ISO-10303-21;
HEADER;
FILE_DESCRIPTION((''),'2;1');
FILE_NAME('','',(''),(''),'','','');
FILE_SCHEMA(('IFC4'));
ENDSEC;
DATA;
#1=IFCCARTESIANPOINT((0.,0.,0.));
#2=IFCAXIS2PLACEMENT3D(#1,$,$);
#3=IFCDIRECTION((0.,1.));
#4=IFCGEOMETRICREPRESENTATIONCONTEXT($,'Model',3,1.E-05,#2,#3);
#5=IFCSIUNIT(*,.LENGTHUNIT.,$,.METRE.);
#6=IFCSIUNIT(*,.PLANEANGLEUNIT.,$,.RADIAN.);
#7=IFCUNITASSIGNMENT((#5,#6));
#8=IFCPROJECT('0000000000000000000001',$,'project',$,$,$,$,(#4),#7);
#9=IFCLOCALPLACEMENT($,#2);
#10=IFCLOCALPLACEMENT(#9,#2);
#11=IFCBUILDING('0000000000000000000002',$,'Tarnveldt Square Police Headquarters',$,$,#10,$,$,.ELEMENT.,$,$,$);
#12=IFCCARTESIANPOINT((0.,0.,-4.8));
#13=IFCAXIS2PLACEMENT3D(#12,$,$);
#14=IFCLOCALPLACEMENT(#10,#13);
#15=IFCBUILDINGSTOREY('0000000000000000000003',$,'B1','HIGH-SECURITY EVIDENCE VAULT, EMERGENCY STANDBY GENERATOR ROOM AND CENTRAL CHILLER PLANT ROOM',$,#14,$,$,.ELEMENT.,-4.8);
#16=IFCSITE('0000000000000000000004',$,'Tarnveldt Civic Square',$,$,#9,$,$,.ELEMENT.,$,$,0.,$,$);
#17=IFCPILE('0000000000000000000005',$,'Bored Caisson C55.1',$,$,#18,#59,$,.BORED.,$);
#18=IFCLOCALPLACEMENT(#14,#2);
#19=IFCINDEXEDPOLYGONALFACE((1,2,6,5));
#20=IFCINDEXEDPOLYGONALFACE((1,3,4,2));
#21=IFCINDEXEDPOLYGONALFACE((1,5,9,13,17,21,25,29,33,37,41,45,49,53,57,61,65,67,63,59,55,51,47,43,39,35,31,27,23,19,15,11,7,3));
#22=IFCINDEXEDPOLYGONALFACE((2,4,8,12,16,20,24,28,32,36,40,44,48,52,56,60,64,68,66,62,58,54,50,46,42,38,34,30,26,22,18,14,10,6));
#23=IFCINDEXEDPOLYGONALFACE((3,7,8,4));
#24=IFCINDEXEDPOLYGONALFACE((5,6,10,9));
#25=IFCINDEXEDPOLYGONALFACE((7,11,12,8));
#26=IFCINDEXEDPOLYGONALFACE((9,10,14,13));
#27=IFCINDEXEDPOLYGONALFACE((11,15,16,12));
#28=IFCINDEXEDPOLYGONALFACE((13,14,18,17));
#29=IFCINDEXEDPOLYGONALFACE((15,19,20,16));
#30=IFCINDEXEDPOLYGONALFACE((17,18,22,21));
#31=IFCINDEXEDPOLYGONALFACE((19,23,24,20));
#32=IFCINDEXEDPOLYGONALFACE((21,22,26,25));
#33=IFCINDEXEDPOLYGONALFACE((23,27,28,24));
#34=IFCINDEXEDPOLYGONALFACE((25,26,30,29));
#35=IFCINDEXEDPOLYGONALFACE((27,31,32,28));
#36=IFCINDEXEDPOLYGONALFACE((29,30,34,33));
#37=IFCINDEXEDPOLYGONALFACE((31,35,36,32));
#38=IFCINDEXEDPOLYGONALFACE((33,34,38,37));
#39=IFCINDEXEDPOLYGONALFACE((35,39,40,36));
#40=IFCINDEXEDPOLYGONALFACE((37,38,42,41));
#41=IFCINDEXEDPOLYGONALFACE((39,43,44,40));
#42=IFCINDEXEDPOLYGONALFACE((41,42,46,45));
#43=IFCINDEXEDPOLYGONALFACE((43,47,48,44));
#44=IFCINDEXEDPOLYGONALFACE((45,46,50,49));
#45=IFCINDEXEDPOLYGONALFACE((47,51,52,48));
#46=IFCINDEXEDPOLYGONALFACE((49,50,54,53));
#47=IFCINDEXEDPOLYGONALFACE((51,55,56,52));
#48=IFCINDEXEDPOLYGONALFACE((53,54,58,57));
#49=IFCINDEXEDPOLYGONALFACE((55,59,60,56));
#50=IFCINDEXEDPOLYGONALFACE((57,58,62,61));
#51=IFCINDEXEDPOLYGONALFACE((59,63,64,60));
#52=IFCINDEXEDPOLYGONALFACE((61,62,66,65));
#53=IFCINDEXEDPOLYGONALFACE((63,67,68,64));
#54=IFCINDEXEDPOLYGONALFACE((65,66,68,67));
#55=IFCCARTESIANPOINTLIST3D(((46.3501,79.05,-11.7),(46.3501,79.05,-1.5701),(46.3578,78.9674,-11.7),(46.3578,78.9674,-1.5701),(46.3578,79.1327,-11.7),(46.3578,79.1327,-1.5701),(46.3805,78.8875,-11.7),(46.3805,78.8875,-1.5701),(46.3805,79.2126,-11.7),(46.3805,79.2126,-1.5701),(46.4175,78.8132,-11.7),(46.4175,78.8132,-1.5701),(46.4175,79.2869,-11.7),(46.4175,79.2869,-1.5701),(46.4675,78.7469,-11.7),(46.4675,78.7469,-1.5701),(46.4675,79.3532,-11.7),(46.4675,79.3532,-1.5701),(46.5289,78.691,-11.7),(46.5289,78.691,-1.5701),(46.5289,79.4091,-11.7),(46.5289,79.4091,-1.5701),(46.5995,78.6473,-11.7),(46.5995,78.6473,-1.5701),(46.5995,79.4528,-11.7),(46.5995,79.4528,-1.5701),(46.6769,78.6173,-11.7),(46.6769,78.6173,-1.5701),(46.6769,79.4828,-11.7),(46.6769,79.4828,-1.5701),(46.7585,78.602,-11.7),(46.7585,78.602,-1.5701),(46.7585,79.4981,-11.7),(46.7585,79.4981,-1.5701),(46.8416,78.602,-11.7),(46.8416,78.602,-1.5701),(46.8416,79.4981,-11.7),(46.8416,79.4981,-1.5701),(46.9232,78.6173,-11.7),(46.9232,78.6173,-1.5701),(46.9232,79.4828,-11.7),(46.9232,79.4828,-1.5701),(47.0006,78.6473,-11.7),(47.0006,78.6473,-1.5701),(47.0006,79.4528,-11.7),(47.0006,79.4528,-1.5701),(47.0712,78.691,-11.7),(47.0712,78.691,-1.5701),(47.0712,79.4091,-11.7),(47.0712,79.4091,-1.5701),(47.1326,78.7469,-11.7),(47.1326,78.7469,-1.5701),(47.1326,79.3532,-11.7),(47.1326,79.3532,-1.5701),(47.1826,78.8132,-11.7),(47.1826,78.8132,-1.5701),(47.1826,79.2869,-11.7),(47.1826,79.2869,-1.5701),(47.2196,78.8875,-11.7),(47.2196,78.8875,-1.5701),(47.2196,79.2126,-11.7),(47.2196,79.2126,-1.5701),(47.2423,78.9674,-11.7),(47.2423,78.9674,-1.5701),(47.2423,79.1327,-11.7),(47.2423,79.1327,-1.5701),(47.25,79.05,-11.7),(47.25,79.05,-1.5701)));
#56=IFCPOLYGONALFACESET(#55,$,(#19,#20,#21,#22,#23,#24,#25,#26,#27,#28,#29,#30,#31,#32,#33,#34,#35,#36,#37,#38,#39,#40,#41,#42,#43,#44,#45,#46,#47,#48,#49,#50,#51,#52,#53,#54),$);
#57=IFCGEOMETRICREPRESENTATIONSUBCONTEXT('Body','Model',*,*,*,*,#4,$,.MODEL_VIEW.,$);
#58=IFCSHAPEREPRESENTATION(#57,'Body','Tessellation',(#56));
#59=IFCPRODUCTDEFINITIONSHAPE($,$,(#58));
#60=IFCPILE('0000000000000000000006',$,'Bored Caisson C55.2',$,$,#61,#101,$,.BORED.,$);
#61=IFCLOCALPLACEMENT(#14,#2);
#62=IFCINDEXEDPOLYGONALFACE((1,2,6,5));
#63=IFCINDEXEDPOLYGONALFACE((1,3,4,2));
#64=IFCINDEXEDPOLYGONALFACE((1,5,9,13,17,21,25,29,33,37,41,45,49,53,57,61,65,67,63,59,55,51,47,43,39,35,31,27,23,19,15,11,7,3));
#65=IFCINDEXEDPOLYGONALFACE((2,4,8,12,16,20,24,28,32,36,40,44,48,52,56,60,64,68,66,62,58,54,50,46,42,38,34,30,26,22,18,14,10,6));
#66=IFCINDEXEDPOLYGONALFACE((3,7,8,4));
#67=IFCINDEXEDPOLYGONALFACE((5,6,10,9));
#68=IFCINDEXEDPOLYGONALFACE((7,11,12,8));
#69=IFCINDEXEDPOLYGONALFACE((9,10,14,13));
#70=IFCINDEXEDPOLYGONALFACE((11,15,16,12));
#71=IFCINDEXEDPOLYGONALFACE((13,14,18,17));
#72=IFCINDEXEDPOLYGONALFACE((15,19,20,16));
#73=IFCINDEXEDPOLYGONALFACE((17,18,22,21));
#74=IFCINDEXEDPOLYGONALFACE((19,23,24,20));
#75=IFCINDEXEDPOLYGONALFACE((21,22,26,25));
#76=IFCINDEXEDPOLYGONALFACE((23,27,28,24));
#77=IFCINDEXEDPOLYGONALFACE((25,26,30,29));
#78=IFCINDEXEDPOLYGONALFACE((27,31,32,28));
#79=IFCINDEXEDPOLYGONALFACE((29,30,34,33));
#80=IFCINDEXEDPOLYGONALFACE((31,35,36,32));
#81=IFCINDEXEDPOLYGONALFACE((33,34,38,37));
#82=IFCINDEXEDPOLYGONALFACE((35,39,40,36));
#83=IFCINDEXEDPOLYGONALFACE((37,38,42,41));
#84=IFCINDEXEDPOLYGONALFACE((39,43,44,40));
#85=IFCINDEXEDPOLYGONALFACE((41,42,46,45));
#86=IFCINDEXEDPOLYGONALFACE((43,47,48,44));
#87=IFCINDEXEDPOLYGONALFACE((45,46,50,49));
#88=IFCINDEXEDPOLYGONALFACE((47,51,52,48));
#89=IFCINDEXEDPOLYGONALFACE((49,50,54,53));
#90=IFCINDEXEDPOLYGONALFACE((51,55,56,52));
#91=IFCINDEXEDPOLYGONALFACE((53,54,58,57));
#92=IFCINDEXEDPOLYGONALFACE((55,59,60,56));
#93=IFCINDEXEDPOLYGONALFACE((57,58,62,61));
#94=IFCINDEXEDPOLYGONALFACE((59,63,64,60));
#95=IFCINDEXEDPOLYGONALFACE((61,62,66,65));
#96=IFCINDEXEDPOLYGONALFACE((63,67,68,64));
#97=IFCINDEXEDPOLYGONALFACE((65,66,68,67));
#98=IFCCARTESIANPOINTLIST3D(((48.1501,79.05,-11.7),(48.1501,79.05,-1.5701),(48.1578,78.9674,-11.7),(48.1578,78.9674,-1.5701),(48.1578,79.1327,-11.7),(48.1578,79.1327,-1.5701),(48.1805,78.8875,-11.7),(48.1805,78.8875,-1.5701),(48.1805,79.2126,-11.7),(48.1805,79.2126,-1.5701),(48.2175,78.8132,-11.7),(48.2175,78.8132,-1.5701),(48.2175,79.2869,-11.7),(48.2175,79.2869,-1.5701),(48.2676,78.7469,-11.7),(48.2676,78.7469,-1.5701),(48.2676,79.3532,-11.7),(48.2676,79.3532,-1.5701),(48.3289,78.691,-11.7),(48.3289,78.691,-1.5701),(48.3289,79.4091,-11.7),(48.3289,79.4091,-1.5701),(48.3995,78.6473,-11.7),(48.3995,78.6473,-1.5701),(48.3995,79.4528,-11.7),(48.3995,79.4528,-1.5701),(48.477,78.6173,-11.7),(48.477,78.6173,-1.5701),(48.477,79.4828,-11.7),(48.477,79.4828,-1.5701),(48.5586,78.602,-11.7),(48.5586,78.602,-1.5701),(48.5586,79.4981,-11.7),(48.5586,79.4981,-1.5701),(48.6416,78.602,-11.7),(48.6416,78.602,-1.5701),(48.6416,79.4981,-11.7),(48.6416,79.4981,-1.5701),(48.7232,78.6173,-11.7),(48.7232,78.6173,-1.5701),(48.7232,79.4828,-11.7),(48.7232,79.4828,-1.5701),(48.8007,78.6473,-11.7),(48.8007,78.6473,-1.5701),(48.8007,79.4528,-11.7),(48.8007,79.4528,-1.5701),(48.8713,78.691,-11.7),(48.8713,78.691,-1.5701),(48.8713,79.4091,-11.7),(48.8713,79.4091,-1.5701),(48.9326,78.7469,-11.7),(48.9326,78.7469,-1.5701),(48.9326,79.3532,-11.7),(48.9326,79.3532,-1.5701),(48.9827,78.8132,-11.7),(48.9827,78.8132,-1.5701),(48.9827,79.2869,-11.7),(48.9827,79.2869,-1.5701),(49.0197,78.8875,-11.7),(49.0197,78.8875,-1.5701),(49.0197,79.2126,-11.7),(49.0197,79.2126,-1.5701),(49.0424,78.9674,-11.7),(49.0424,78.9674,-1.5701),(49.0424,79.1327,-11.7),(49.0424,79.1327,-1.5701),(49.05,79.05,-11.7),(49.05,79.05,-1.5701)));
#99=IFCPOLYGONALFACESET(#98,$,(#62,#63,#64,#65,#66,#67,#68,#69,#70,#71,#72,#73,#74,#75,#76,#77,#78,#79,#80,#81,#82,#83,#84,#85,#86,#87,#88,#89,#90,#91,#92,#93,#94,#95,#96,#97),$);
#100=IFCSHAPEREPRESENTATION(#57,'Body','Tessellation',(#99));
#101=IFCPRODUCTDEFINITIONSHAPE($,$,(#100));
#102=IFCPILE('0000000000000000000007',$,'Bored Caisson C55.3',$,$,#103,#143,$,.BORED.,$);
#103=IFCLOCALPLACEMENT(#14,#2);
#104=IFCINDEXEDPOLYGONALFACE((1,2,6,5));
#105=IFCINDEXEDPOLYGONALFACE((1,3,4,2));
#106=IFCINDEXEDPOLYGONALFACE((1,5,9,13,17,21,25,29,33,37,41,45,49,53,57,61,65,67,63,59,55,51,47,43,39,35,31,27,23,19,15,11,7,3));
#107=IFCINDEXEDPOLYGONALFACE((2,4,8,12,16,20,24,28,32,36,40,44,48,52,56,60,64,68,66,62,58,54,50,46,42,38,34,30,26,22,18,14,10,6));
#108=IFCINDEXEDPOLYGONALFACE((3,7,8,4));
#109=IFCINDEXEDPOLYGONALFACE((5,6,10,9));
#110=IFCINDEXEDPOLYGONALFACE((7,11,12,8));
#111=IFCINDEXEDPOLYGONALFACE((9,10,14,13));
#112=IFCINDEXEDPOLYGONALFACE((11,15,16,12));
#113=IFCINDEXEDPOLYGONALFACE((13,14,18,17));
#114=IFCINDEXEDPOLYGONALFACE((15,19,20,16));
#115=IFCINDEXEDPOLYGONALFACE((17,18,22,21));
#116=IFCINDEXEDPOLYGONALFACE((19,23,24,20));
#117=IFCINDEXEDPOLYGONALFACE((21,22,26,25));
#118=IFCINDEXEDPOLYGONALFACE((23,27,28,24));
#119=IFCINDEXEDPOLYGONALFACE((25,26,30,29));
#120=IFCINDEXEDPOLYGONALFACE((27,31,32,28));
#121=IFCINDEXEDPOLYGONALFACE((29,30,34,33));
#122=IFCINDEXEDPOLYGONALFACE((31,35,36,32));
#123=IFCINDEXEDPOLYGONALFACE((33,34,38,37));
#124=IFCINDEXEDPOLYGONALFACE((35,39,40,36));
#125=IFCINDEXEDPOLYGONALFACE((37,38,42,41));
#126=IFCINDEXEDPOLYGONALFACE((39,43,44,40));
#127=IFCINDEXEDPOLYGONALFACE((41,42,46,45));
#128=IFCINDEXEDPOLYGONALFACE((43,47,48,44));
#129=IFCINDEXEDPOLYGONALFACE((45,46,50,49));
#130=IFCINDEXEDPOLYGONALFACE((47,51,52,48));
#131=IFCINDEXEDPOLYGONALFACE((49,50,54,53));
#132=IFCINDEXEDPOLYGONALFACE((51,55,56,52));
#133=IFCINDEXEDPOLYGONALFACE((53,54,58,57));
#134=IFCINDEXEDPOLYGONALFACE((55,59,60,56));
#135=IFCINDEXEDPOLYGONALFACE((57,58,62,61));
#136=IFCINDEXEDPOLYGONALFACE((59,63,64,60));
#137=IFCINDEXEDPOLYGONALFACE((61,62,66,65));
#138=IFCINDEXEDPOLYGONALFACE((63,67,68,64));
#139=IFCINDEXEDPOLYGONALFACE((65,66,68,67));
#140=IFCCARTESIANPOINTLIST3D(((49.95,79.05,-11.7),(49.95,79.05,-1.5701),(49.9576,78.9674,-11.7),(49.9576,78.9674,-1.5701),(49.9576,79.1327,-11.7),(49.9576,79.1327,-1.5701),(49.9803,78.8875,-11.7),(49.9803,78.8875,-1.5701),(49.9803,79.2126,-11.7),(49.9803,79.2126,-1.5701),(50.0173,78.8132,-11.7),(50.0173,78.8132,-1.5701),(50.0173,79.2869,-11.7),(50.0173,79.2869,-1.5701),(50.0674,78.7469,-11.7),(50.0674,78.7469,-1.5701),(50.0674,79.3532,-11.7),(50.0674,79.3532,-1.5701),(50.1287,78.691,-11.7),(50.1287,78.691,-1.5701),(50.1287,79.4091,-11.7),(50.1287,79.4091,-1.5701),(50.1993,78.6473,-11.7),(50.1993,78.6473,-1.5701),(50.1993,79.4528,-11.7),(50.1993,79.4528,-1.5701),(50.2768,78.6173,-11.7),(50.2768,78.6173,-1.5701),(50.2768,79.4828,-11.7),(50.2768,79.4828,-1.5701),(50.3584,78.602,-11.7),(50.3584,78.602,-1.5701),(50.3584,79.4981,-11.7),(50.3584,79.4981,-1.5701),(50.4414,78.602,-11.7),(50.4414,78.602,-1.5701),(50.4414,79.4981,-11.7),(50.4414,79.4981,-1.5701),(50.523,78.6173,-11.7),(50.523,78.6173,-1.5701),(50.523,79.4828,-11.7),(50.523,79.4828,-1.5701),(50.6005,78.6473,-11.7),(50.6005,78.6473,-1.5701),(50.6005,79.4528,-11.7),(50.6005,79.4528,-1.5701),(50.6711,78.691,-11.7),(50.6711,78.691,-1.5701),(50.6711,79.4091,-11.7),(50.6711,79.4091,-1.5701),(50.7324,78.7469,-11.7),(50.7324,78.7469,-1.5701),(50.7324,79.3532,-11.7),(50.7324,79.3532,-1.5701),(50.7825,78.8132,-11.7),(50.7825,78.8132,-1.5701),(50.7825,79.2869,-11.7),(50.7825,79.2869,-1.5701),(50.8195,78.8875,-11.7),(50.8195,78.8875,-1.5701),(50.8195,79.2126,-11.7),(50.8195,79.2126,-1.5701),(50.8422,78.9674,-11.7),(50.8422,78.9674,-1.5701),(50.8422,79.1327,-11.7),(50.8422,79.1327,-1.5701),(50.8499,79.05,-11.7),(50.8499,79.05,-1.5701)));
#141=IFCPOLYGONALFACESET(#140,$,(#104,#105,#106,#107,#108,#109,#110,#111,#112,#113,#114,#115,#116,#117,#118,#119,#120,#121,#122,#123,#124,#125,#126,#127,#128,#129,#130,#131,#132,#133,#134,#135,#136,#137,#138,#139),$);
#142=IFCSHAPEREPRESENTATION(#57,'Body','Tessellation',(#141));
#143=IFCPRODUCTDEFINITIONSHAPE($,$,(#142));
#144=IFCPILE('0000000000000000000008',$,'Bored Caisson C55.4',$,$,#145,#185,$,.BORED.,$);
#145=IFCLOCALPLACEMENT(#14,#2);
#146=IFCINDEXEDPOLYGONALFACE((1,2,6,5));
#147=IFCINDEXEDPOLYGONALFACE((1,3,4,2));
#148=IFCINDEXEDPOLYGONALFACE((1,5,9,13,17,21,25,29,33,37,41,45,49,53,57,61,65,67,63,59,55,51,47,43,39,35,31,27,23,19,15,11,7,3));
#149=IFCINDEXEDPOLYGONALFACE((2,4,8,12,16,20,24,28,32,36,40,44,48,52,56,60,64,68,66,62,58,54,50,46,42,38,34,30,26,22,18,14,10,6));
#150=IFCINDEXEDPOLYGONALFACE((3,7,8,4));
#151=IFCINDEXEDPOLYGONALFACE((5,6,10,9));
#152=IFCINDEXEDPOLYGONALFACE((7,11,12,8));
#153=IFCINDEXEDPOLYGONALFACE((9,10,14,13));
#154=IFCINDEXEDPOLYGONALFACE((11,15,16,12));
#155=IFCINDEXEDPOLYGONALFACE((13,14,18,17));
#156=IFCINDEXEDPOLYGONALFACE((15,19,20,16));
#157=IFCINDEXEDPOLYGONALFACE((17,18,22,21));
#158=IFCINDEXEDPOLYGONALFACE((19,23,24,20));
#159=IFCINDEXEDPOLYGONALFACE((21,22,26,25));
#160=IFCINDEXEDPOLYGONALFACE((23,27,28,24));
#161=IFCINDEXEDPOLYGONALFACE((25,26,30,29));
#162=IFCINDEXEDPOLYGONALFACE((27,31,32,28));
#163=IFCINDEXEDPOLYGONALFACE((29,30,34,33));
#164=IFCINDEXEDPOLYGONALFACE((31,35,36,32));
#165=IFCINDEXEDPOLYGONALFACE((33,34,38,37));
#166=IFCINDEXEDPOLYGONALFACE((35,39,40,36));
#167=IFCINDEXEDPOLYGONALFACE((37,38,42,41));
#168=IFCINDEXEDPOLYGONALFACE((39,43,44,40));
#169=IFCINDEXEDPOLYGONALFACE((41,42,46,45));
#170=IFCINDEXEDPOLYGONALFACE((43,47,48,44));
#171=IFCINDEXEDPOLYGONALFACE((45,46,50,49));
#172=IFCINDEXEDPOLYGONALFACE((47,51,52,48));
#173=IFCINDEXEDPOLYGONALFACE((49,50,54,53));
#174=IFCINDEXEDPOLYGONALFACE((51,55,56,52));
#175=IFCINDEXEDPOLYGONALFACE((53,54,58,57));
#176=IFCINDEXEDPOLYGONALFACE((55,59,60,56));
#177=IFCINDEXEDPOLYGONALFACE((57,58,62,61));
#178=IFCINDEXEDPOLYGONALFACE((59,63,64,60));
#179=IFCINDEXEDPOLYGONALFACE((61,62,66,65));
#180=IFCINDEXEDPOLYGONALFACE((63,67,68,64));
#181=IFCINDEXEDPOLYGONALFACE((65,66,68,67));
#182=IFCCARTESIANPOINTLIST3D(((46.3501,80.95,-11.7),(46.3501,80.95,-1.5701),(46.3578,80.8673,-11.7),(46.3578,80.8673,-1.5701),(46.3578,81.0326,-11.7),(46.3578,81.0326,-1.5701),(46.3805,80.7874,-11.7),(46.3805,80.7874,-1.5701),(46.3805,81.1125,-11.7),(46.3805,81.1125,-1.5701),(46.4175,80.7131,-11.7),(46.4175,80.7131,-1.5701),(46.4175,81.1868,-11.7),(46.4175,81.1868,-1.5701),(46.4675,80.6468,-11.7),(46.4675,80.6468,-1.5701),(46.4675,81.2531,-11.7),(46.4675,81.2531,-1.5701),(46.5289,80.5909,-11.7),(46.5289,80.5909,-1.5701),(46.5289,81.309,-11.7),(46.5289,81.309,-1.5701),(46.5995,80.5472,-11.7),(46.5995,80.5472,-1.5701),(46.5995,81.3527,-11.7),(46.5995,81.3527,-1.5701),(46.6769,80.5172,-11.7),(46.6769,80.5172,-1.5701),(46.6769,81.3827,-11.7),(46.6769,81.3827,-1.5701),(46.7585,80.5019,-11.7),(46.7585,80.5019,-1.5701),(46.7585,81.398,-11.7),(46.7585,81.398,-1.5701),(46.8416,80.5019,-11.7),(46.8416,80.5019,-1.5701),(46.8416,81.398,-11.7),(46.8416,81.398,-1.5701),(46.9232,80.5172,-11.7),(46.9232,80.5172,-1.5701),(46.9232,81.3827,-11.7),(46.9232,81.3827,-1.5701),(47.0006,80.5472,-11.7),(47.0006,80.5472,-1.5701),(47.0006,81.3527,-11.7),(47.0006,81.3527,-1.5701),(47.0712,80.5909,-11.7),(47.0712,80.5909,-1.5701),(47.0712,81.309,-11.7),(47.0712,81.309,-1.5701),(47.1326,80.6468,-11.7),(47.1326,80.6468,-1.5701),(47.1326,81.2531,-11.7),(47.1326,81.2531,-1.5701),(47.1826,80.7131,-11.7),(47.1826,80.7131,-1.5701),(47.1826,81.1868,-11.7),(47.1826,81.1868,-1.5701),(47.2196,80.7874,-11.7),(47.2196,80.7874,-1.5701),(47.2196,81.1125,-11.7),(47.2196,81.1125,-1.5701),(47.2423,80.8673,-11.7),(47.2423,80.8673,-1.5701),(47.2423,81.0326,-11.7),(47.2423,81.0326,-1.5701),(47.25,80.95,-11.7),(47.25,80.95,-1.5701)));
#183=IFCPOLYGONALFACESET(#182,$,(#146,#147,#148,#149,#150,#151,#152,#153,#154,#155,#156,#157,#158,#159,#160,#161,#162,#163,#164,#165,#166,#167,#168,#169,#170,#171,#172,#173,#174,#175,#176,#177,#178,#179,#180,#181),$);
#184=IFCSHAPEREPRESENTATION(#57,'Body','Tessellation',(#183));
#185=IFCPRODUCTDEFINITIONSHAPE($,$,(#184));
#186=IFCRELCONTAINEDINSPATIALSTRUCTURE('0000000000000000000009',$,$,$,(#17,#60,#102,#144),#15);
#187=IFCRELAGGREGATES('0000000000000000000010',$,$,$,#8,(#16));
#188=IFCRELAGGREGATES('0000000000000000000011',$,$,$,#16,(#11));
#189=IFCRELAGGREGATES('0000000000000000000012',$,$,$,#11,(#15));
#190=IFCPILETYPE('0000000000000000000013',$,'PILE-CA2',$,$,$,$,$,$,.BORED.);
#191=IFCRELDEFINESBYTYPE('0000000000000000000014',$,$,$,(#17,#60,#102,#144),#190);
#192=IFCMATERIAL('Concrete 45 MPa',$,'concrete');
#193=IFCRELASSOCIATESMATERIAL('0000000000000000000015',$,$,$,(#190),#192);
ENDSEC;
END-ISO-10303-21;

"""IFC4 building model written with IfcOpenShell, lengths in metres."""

from ifc_helpers import new_model, si_unit, direction, frame, origin, origin_2d, place, context, subcontext, project, spatial, circle, extrude, material, material_profile, profile_set, type_object, element, save


model = new_model("IFC4")

# Units and contexts
model_context = context("Model", 3, precision=1e-05, world=origin(), true_north=direction((0.0, 1.0)))
body_context = subcontext(model_context, "Body", "Model", "MODEL_VIEW")
ifc_project = project(units=[si_unit("LENGTHUNIT", "METRE"), si_unit("PLANEANGLEUNIT", "RADIAN")], contexts=[model_context])

# Site, building, storey
site_placement = place(None, origin())
site = spatial("IfcSite", under=ifc_project, at=site_placement, Name="Tarnveldt Civic Square", CompositionType="ELEMENT", RefElevation=0.0)
building_placement = place(site_placement, origin())
building = spatial("IfcBuilding", under=site, at=building_placement, Name="Tarnveldt Square Police Headquarters", CompositionType="ELEMENT")
storey_placement = place(building_placement, frame((0.0, 0.0, -4.8)))
storey = spatial("IfcBuildingStorey", under=building, at=storey_placement, Name="B1", Description="HIGH-SECURITY EVIDENCE VAULT, EMERGENCY STANDBY GENERATOR ROOM AND CENTRAL CHILLER PLANT ROOM", CompositionType="ELEMENT", Elevation=-4.8)

# Shared definitions
ifc_material_1 = material(Name="Concrete 45 MPa", Category="concrete")

# Piles
ifc_material_profile_1 = material_profile(ifc_material_1, circle(Radius=0.45, at=origin_2d()), Name="CAISSON-D900")
ifc_profile_set_1 = profile_set([ifc_material_profile_1], Name="Concrete 45 MPa")
pile_type = type_object("IfcPileType", Name="PILE-CA2", PredefinedType="BORED", material=ifc_profile_set_1)
for number, where, z_axis, x_axis, name in (
    (1, (46.8, 79.05, -1.5701), (0.0, 0.0, -1.0), (1.0, 0.0, 0.0), "Bored Caisson C55.1"),
    (2, (48.6001, 79.05, -1.5701), (0.0, 0.0, -1.0), (1.0, 0.0, 0.0), "Bored Caisson C55.2"),
    (3, (50.3999, 79.05, -1.5701), (0.0, 0.0, -1.0), (1.0, 0.0, 0.0), "Bored Caisson C55.3"),
    (4, (46.8, 80.95, -1.5701), (0.0, 0.0, -1.0), (1.0, 0.0, 0.0), "Bored Caisson C55.4"),
):
    element("IfcPile", number, at=place(storey_placement, frame(where, z_axis=z_axis, x_axis=x_axis)), inside=storey, type_object=pile_type, Name=name, PredefinedType="BORED", context=body_context, shape_type="SweptSolid", body=[
        extrude(circle(Radius=0.45, at=origin_2d()), origin(), (0.0, 0.0, 1.0), 10.1299),
    ])

save(model, "model.ifc")
